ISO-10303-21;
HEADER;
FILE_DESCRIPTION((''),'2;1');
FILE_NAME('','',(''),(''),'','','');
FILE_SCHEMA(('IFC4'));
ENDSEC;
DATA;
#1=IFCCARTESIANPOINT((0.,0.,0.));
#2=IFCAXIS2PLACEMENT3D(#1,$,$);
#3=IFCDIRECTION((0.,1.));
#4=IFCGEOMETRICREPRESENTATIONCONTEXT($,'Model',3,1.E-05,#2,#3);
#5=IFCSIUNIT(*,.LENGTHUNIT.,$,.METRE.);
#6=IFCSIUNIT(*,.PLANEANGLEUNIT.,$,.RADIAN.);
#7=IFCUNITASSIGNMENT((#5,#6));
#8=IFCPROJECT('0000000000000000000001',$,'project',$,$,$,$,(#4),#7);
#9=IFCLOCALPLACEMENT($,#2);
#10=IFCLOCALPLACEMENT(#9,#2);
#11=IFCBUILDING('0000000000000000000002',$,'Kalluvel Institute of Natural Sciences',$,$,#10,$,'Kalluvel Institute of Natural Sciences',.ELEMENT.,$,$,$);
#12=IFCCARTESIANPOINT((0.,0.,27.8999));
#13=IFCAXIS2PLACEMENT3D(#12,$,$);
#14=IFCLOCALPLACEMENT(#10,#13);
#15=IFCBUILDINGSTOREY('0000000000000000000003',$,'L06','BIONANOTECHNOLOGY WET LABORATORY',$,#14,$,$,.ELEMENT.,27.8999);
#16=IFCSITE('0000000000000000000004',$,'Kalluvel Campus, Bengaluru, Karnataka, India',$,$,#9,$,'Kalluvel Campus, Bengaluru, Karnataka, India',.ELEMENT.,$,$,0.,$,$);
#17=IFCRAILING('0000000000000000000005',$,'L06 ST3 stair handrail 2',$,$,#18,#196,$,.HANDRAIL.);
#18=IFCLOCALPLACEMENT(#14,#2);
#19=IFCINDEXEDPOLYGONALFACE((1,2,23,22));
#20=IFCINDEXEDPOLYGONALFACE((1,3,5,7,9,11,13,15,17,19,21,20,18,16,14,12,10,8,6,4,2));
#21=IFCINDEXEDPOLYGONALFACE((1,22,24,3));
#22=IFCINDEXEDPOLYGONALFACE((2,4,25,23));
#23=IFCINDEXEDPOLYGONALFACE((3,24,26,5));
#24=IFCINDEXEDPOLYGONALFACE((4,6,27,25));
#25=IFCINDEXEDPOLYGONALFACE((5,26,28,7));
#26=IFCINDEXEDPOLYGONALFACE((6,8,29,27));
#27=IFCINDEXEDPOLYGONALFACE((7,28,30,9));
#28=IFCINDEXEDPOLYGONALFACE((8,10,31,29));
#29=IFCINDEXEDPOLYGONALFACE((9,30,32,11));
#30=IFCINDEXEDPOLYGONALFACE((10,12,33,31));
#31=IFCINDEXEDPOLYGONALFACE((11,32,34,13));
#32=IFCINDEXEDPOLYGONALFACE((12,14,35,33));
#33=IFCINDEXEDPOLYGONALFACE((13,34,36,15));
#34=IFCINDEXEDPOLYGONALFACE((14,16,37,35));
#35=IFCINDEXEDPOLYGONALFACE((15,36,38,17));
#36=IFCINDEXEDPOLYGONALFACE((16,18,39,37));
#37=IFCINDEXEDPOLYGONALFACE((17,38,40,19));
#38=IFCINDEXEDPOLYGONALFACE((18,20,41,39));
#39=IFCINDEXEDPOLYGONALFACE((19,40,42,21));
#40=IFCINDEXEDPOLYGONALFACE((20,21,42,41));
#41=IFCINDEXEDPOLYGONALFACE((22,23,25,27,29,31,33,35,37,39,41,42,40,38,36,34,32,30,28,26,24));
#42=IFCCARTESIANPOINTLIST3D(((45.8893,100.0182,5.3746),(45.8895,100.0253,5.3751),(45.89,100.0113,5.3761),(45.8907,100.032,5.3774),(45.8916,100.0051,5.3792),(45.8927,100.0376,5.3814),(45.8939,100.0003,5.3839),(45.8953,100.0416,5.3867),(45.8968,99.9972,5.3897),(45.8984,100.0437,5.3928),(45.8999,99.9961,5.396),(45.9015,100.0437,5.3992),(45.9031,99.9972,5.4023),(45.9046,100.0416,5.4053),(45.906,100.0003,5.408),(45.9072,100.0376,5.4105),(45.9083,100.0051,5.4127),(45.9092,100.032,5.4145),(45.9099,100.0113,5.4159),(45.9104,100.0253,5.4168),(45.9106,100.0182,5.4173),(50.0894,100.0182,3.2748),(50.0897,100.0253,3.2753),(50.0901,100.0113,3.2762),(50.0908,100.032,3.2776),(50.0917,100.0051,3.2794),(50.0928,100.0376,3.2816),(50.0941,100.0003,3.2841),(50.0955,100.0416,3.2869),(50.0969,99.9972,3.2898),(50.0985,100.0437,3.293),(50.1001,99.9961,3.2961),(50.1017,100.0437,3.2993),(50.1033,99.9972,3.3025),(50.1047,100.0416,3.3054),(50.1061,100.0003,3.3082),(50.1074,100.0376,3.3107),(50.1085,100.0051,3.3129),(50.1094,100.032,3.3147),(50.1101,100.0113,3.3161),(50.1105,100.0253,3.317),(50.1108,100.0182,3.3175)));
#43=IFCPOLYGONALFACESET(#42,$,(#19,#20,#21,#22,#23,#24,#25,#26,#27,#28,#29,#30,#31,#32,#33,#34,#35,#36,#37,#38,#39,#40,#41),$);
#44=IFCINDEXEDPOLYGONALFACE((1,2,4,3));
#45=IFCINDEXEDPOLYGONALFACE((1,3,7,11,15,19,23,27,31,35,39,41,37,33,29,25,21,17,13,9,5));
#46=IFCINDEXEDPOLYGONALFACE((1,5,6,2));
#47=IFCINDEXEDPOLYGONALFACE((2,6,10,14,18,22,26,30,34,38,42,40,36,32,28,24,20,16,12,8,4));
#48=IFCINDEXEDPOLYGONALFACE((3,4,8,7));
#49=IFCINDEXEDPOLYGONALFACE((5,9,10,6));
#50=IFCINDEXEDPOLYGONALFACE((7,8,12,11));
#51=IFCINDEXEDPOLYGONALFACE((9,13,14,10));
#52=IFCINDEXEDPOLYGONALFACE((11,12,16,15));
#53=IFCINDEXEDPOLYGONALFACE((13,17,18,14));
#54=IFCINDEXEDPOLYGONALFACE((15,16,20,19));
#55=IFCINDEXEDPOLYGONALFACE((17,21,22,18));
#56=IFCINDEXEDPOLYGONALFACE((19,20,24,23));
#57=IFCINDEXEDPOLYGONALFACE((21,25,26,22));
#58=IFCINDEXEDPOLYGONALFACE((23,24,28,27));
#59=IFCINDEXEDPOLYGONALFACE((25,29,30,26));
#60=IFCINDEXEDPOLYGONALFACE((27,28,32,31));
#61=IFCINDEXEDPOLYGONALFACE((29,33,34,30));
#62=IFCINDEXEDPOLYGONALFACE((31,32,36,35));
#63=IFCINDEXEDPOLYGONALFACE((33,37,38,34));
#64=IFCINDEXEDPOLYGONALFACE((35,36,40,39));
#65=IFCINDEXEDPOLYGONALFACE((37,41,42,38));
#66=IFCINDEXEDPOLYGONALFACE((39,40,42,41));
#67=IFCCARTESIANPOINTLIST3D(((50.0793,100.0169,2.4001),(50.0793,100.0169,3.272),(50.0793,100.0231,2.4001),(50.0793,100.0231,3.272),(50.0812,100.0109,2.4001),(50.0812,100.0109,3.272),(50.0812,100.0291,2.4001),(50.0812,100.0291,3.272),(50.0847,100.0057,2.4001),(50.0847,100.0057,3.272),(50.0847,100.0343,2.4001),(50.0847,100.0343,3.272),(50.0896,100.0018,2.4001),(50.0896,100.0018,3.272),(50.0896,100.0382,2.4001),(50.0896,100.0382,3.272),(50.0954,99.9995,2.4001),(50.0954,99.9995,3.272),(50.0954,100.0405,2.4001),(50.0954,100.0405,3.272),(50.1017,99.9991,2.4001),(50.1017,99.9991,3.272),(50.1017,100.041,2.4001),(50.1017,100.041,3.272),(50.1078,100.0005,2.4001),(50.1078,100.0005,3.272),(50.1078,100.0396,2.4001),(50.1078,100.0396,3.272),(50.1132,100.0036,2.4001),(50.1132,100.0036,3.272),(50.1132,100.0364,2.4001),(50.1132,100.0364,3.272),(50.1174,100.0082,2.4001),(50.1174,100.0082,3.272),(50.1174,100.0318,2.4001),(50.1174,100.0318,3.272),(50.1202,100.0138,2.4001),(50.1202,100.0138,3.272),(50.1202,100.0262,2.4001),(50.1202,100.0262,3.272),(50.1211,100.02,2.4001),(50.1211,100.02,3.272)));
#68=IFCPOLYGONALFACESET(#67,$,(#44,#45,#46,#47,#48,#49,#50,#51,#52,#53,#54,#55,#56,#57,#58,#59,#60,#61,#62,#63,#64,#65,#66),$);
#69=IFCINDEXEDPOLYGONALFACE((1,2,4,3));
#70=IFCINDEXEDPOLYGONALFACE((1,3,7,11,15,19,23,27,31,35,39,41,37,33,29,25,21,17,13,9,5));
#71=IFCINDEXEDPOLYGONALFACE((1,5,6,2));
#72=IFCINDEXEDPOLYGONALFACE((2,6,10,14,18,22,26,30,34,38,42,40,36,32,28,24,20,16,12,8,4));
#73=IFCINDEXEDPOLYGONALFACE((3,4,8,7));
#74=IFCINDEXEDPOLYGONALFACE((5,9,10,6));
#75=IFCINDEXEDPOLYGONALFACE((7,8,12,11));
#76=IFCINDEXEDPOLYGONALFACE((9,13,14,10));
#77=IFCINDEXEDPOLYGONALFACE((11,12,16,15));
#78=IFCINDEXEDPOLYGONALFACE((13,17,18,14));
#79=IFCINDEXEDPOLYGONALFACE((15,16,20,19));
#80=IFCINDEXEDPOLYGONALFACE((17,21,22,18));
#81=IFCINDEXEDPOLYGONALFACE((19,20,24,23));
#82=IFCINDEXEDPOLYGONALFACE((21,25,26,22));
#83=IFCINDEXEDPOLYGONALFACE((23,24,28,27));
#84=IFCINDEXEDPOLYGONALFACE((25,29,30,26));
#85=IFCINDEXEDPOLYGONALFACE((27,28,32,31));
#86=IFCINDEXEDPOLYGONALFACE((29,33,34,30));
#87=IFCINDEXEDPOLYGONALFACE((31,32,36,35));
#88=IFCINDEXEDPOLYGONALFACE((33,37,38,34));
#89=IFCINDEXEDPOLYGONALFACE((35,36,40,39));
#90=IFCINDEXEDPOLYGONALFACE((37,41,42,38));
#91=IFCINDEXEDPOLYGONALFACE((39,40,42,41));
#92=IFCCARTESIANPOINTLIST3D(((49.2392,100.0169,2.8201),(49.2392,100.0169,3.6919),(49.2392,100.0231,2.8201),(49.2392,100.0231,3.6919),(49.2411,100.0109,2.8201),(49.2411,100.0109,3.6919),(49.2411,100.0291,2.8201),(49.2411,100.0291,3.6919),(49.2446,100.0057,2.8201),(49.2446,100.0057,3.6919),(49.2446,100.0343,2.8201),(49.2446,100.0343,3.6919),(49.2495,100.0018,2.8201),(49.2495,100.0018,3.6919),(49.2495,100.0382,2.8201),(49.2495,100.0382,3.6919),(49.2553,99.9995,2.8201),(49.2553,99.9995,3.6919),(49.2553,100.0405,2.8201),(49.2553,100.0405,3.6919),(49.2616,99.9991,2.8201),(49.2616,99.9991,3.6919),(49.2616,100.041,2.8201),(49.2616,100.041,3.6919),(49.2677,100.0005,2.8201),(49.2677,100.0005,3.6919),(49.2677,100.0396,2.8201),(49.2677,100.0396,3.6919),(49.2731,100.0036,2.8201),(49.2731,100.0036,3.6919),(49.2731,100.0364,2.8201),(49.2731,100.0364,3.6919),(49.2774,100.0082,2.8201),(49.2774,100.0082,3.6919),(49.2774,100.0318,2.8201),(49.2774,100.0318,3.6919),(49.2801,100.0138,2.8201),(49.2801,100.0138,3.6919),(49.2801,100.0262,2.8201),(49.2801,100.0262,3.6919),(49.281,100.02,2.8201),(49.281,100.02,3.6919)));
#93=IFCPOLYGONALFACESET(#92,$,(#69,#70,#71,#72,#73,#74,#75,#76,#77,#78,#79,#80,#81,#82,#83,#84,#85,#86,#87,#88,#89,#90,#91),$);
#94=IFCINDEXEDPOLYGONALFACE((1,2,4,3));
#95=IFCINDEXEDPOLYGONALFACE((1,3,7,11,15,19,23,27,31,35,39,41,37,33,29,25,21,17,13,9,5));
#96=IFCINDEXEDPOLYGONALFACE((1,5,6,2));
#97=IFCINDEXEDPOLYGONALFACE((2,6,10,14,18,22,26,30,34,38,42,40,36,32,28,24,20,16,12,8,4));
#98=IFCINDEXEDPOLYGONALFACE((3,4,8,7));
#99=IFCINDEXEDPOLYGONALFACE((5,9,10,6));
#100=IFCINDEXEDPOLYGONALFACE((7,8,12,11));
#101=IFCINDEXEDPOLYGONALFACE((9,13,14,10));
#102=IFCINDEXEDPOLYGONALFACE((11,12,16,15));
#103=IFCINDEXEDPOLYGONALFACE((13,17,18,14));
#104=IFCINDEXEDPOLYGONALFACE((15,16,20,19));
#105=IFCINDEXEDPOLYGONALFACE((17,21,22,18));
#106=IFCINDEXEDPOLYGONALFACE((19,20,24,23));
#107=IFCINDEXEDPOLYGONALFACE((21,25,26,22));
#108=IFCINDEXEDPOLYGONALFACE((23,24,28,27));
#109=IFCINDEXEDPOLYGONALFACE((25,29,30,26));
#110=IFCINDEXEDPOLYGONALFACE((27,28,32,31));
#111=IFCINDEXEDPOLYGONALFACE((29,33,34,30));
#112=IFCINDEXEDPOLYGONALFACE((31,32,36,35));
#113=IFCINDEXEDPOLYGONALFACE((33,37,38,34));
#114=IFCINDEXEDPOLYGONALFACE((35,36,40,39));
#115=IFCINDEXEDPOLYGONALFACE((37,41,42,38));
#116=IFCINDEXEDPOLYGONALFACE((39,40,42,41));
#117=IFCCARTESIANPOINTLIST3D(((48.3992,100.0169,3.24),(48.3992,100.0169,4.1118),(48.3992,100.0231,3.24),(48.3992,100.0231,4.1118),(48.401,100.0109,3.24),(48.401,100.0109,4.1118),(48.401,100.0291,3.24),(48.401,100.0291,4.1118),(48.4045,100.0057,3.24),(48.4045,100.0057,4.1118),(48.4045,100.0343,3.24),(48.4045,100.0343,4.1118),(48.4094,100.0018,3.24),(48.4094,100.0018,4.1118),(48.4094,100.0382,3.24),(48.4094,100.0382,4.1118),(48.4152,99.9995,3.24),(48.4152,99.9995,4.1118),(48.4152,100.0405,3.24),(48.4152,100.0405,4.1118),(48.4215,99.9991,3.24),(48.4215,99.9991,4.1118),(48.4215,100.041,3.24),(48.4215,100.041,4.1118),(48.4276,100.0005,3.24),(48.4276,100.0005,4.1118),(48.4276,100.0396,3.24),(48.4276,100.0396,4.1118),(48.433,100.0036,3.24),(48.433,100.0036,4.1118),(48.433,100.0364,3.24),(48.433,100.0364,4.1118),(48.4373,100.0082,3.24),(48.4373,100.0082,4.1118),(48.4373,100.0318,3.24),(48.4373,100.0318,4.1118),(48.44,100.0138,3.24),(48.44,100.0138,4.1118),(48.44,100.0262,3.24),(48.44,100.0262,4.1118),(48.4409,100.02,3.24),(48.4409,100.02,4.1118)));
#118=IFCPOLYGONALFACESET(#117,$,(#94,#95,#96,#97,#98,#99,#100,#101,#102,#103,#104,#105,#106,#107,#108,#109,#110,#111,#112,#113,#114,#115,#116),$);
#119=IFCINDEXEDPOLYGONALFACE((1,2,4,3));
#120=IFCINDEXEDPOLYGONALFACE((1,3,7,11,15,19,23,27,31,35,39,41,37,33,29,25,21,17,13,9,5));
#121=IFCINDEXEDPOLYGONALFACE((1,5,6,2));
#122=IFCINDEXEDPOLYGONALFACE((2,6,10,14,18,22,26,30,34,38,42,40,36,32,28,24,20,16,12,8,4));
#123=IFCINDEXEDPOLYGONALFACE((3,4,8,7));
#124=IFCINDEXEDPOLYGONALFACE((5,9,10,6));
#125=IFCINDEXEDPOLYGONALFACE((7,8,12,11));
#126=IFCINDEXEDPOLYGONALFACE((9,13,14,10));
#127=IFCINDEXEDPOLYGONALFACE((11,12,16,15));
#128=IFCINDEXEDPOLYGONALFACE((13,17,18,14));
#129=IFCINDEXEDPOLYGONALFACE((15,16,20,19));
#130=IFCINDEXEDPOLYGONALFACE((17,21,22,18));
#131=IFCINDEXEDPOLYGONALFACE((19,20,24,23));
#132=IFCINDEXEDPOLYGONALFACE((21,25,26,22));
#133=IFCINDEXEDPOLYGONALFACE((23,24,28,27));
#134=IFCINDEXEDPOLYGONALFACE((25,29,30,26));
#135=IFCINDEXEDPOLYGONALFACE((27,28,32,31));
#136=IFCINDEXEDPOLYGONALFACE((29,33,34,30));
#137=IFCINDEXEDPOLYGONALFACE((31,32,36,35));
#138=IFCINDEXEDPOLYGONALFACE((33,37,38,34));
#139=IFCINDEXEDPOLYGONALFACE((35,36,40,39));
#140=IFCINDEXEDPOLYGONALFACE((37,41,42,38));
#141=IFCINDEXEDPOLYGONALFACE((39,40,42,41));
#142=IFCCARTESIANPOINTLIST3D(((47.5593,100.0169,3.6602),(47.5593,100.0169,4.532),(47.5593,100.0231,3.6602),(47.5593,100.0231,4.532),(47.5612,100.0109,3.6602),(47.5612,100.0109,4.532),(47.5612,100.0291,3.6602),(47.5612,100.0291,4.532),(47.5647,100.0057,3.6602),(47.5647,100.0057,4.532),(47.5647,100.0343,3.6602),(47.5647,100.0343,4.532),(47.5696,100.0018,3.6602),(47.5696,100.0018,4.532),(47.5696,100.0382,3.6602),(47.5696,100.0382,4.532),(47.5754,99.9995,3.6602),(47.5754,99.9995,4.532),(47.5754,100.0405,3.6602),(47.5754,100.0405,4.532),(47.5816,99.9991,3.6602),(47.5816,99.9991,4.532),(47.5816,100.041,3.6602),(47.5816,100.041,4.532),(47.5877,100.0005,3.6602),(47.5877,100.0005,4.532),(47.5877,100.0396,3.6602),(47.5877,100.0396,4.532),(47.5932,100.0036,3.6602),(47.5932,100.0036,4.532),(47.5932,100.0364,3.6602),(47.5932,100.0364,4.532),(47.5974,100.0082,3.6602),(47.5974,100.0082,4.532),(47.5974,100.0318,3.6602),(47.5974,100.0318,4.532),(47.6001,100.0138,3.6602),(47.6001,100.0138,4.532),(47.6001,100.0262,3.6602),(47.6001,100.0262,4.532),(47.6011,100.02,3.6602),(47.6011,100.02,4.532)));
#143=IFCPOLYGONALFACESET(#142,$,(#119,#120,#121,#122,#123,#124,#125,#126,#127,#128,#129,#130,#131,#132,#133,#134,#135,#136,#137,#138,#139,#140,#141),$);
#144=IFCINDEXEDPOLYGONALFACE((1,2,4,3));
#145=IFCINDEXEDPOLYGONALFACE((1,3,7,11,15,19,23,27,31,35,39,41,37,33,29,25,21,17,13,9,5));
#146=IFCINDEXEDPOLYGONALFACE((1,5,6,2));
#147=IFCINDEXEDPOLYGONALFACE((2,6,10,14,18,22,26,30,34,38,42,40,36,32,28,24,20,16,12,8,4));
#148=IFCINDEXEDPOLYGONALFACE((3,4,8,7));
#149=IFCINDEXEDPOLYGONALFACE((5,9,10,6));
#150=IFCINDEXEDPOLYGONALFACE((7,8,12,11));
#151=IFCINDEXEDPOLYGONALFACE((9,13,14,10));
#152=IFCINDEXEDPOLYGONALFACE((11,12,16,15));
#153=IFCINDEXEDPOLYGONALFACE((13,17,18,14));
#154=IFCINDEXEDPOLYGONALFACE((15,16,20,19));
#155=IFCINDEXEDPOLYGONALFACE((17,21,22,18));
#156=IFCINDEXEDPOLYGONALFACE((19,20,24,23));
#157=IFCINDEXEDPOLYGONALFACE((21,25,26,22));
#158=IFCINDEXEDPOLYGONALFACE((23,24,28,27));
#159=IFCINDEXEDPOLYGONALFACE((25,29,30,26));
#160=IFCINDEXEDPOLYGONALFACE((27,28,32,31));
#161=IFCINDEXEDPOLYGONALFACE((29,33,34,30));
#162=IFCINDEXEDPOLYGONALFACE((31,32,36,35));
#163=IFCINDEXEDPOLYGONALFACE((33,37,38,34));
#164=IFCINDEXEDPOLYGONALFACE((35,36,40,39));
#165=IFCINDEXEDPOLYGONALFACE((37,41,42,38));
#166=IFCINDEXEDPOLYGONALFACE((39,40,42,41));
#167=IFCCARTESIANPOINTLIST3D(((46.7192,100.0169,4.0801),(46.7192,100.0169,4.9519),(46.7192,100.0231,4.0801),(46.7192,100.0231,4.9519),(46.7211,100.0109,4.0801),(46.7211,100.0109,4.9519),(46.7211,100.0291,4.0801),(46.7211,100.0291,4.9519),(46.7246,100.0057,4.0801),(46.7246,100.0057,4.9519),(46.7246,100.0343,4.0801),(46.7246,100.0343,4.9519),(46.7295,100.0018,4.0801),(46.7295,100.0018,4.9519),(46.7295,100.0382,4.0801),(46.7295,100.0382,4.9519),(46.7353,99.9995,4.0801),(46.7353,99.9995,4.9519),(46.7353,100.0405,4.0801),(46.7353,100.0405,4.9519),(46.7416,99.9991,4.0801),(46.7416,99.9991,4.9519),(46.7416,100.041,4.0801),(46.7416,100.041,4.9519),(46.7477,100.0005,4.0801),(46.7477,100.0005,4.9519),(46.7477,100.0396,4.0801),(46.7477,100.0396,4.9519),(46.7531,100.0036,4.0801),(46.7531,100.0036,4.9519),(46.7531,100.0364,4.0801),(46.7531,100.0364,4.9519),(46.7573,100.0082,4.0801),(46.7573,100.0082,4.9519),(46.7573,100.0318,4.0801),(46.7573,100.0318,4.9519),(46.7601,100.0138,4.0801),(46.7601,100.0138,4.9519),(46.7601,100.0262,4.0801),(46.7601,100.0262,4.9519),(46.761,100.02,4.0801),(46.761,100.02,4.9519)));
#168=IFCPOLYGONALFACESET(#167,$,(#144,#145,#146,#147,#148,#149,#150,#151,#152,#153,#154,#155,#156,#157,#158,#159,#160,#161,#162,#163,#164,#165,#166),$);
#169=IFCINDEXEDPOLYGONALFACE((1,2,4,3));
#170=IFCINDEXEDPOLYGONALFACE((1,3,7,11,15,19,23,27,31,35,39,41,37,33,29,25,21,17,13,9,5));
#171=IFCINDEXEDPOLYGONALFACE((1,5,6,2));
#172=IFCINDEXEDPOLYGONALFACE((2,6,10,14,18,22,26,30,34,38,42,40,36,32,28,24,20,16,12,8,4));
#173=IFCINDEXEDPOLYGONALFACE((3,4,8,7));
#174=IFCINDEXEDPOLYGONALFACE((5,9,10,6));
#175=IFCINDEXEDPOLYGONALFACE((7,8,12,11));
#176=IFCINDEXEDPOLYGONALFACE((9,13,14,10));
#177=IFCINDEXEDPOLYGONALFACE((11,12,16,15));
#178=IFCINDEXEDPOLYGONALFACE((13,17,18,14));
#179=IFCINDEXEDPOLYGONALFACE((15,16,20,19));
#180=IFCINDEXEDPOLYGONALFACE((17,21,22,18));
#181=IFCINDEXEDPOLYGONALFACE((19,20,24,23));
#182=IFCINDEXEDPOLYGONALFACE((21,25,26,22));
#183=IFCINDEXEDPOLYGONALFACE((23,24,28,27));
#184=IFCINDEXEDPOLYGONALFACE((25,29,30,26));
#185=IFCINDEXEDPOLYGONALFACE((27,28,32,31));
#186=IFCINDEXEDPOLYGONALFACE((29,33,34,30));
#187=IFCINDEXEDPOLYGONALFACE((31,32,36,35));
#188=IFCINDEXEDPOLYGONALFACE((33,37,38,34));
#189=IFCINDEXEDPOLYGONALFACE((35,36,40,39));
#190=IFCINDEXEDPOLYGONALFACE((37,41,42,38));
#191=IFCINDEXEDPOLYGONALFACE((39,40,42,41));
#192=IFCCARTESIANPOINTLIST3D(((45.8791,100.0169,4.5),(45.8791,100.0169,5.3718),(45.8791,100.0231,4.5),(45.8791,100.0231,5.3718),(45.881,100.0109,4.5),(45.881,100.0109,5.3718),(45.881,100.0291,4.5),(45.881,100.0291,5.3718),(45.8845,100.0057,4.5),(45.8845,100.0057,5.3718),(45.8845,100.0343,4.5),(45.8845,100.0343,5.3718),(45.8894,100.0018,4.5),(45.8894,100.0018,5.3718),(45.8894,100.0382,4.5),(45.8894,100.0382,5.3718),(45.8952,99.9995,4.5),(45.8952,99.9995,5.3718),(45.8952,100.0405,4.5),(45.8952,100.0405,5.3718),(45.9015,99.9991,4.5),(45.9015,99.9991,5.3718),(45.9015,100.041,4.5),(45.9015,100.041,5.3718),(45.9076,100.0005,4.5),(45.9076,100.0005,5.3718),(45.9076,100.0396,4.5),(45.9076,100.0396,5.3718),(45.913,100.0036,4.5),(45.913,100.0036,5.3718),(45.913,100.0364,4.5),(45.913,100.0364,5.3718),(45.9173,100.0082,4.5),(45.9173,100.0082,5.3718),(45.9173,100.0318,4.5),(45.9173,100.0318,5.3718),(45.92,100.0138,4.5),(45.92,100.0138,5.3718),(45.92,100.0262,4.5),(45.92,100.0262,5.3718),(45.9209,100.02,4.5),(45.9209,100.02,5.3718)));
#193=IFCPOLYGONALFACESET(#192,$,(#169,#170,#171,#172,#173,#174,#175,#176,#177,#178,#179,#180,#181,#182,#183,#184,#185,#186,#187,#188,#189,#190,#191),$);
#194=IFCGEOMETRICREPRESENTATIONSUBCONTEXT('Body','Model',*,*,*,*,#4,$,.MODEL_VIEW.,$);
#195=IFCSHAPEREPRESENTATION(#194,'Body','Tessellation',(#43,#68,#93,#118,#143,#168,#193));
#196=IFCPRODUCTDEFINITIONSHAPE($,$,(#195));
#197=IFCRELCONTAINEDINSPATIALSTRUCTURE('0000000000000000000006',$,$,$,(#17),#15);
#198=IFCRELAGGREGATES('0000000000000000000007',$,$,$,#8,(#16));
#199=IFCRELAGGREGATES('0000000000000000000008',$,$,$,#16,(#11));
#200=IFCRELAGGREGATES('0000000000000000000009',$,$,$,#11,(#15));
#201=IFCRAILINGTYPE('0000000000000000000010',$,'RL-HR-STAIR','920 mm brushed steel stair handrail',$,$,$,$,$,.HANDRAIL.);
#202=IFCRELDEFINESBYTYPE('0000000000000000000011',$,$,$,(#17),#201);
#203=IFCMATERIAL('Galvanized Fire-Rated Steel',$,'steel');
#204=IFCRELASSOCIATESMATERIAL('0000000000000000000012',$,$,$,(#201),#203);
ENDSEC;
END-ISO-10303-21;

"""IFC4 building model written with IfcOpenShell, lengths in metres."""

from ifc_helpers import new_model, si_unit, direction, frame, origin, origin_2d, place, context, subcontext, project, spatial, circle, extrude, material, type_object, element, save


model = new_model("IFC4")

# Units and contexts
model_context = context("Model", 3, precision=1e-05, world=origin(), true_north=direction((0.0, 1.0)))
body_context = subcontext(model_context, "Body", "Model", "MODEL_VIEW")
ifc_project = project(units=[si_unit("LENGTHUNIT", "METRE"), si_unit("PLANEANGLEUNIT", "RADIAN")], contexts=[model_context])

# Site, building, storey
site_placement = place(None, origin())
site = spatial("IfcSite", under=ifc_project, at=site_placement, Name="Kalluvel Campus, Bengaluru, Karnataka, India", LongName="Kalluvel Campus, Bengaluru, Karnataka, India", CompositionType="ELEMENT", RefElevation=0.0)
building_placement = place(site_placement, origin())
building = spatial("IfcBuilding", under=site, at=building_placement, Name="Kalluvel Institute of Natural Sciences", LongName="Kalluvel Institute of Natural Sciences", CompositionType="ELEMENT")
storey_placement = place(building_placement, frame((0.0, 0.0, 27.8999)))
storey = spatial("IfcBuildingStorey", under=building, at=storey_placement, Name="L06", Description="BIONANOTECHNOLOGY WET LABORATORY", CompositionType="ELEMENT", Elevation=27.8999)

# Shared definitions
ifc_material_1 = material(Name="Galvanized Fire-Rated Steel", Category="steel")

# Railing
railing_type_1 = type_object("IfcRailingType", Name="RL-HR-STAIR", Description="920 mm brushed steel stair handrail", PredefinedType="HANDRAIL", material=ifc_material_1)
railing_1_placement = place(storey_placement, frame((50.1001, 100.02, 2.4001)))
element("IfcRailing", 1, at=railing_1_placement, inside=storey, type_object=railing_type_1, Name="L06 ST3 stair handrail 2", PredefinedType="HANDRAIL", context=body_context, shape_type="SweptSolid", body=[
    extrude(circle(Radius=0.0239, at=origin_2d()), frame((0.0, 0.0, 0.896), z_axis=(-0.894448, 0.0, 0.447172), x_axis=(0.0, -1.0, 0.0)), (0.0, 0.0, 1.0), 4.6958),
    extrude(circle(Radius=0.021, at=origin_2d()), origin(), (0.0, 0.0, 1.0), 0.8718),
    extrude(circle(Radius=0.021, at=origin_2d()), frame((-0.8401, 0.0, 0.4199)), (0.0, 0.0, 1.0), 0.8718),
    extrude(circle(Radius=0.021, at=origin_2d()), frame((-1.6802, 0.0, 0.8398)), (0.0, 0.0, 1.0), 0.8718),
    extrude(circle(Radius=0.021, at=origin_2d()), frame((-2.52, 0.0, 1.26)), (0.0, 0.0, 1.0), 0.8718),
    extrude(circle(Radius=0.021, at=origin_2d()), frame((-3.3601, 0.0, 1.6799)), (0.0, 0.0, 1.0), 0.8718),
    extrude(circle(Radius=0.021, at=origin_2d()), frame((-4.2002, 0.0, 2.0999)), (0.0, 0.0, 1.0), 0.8718),
])

save(model, "model.ifc")
